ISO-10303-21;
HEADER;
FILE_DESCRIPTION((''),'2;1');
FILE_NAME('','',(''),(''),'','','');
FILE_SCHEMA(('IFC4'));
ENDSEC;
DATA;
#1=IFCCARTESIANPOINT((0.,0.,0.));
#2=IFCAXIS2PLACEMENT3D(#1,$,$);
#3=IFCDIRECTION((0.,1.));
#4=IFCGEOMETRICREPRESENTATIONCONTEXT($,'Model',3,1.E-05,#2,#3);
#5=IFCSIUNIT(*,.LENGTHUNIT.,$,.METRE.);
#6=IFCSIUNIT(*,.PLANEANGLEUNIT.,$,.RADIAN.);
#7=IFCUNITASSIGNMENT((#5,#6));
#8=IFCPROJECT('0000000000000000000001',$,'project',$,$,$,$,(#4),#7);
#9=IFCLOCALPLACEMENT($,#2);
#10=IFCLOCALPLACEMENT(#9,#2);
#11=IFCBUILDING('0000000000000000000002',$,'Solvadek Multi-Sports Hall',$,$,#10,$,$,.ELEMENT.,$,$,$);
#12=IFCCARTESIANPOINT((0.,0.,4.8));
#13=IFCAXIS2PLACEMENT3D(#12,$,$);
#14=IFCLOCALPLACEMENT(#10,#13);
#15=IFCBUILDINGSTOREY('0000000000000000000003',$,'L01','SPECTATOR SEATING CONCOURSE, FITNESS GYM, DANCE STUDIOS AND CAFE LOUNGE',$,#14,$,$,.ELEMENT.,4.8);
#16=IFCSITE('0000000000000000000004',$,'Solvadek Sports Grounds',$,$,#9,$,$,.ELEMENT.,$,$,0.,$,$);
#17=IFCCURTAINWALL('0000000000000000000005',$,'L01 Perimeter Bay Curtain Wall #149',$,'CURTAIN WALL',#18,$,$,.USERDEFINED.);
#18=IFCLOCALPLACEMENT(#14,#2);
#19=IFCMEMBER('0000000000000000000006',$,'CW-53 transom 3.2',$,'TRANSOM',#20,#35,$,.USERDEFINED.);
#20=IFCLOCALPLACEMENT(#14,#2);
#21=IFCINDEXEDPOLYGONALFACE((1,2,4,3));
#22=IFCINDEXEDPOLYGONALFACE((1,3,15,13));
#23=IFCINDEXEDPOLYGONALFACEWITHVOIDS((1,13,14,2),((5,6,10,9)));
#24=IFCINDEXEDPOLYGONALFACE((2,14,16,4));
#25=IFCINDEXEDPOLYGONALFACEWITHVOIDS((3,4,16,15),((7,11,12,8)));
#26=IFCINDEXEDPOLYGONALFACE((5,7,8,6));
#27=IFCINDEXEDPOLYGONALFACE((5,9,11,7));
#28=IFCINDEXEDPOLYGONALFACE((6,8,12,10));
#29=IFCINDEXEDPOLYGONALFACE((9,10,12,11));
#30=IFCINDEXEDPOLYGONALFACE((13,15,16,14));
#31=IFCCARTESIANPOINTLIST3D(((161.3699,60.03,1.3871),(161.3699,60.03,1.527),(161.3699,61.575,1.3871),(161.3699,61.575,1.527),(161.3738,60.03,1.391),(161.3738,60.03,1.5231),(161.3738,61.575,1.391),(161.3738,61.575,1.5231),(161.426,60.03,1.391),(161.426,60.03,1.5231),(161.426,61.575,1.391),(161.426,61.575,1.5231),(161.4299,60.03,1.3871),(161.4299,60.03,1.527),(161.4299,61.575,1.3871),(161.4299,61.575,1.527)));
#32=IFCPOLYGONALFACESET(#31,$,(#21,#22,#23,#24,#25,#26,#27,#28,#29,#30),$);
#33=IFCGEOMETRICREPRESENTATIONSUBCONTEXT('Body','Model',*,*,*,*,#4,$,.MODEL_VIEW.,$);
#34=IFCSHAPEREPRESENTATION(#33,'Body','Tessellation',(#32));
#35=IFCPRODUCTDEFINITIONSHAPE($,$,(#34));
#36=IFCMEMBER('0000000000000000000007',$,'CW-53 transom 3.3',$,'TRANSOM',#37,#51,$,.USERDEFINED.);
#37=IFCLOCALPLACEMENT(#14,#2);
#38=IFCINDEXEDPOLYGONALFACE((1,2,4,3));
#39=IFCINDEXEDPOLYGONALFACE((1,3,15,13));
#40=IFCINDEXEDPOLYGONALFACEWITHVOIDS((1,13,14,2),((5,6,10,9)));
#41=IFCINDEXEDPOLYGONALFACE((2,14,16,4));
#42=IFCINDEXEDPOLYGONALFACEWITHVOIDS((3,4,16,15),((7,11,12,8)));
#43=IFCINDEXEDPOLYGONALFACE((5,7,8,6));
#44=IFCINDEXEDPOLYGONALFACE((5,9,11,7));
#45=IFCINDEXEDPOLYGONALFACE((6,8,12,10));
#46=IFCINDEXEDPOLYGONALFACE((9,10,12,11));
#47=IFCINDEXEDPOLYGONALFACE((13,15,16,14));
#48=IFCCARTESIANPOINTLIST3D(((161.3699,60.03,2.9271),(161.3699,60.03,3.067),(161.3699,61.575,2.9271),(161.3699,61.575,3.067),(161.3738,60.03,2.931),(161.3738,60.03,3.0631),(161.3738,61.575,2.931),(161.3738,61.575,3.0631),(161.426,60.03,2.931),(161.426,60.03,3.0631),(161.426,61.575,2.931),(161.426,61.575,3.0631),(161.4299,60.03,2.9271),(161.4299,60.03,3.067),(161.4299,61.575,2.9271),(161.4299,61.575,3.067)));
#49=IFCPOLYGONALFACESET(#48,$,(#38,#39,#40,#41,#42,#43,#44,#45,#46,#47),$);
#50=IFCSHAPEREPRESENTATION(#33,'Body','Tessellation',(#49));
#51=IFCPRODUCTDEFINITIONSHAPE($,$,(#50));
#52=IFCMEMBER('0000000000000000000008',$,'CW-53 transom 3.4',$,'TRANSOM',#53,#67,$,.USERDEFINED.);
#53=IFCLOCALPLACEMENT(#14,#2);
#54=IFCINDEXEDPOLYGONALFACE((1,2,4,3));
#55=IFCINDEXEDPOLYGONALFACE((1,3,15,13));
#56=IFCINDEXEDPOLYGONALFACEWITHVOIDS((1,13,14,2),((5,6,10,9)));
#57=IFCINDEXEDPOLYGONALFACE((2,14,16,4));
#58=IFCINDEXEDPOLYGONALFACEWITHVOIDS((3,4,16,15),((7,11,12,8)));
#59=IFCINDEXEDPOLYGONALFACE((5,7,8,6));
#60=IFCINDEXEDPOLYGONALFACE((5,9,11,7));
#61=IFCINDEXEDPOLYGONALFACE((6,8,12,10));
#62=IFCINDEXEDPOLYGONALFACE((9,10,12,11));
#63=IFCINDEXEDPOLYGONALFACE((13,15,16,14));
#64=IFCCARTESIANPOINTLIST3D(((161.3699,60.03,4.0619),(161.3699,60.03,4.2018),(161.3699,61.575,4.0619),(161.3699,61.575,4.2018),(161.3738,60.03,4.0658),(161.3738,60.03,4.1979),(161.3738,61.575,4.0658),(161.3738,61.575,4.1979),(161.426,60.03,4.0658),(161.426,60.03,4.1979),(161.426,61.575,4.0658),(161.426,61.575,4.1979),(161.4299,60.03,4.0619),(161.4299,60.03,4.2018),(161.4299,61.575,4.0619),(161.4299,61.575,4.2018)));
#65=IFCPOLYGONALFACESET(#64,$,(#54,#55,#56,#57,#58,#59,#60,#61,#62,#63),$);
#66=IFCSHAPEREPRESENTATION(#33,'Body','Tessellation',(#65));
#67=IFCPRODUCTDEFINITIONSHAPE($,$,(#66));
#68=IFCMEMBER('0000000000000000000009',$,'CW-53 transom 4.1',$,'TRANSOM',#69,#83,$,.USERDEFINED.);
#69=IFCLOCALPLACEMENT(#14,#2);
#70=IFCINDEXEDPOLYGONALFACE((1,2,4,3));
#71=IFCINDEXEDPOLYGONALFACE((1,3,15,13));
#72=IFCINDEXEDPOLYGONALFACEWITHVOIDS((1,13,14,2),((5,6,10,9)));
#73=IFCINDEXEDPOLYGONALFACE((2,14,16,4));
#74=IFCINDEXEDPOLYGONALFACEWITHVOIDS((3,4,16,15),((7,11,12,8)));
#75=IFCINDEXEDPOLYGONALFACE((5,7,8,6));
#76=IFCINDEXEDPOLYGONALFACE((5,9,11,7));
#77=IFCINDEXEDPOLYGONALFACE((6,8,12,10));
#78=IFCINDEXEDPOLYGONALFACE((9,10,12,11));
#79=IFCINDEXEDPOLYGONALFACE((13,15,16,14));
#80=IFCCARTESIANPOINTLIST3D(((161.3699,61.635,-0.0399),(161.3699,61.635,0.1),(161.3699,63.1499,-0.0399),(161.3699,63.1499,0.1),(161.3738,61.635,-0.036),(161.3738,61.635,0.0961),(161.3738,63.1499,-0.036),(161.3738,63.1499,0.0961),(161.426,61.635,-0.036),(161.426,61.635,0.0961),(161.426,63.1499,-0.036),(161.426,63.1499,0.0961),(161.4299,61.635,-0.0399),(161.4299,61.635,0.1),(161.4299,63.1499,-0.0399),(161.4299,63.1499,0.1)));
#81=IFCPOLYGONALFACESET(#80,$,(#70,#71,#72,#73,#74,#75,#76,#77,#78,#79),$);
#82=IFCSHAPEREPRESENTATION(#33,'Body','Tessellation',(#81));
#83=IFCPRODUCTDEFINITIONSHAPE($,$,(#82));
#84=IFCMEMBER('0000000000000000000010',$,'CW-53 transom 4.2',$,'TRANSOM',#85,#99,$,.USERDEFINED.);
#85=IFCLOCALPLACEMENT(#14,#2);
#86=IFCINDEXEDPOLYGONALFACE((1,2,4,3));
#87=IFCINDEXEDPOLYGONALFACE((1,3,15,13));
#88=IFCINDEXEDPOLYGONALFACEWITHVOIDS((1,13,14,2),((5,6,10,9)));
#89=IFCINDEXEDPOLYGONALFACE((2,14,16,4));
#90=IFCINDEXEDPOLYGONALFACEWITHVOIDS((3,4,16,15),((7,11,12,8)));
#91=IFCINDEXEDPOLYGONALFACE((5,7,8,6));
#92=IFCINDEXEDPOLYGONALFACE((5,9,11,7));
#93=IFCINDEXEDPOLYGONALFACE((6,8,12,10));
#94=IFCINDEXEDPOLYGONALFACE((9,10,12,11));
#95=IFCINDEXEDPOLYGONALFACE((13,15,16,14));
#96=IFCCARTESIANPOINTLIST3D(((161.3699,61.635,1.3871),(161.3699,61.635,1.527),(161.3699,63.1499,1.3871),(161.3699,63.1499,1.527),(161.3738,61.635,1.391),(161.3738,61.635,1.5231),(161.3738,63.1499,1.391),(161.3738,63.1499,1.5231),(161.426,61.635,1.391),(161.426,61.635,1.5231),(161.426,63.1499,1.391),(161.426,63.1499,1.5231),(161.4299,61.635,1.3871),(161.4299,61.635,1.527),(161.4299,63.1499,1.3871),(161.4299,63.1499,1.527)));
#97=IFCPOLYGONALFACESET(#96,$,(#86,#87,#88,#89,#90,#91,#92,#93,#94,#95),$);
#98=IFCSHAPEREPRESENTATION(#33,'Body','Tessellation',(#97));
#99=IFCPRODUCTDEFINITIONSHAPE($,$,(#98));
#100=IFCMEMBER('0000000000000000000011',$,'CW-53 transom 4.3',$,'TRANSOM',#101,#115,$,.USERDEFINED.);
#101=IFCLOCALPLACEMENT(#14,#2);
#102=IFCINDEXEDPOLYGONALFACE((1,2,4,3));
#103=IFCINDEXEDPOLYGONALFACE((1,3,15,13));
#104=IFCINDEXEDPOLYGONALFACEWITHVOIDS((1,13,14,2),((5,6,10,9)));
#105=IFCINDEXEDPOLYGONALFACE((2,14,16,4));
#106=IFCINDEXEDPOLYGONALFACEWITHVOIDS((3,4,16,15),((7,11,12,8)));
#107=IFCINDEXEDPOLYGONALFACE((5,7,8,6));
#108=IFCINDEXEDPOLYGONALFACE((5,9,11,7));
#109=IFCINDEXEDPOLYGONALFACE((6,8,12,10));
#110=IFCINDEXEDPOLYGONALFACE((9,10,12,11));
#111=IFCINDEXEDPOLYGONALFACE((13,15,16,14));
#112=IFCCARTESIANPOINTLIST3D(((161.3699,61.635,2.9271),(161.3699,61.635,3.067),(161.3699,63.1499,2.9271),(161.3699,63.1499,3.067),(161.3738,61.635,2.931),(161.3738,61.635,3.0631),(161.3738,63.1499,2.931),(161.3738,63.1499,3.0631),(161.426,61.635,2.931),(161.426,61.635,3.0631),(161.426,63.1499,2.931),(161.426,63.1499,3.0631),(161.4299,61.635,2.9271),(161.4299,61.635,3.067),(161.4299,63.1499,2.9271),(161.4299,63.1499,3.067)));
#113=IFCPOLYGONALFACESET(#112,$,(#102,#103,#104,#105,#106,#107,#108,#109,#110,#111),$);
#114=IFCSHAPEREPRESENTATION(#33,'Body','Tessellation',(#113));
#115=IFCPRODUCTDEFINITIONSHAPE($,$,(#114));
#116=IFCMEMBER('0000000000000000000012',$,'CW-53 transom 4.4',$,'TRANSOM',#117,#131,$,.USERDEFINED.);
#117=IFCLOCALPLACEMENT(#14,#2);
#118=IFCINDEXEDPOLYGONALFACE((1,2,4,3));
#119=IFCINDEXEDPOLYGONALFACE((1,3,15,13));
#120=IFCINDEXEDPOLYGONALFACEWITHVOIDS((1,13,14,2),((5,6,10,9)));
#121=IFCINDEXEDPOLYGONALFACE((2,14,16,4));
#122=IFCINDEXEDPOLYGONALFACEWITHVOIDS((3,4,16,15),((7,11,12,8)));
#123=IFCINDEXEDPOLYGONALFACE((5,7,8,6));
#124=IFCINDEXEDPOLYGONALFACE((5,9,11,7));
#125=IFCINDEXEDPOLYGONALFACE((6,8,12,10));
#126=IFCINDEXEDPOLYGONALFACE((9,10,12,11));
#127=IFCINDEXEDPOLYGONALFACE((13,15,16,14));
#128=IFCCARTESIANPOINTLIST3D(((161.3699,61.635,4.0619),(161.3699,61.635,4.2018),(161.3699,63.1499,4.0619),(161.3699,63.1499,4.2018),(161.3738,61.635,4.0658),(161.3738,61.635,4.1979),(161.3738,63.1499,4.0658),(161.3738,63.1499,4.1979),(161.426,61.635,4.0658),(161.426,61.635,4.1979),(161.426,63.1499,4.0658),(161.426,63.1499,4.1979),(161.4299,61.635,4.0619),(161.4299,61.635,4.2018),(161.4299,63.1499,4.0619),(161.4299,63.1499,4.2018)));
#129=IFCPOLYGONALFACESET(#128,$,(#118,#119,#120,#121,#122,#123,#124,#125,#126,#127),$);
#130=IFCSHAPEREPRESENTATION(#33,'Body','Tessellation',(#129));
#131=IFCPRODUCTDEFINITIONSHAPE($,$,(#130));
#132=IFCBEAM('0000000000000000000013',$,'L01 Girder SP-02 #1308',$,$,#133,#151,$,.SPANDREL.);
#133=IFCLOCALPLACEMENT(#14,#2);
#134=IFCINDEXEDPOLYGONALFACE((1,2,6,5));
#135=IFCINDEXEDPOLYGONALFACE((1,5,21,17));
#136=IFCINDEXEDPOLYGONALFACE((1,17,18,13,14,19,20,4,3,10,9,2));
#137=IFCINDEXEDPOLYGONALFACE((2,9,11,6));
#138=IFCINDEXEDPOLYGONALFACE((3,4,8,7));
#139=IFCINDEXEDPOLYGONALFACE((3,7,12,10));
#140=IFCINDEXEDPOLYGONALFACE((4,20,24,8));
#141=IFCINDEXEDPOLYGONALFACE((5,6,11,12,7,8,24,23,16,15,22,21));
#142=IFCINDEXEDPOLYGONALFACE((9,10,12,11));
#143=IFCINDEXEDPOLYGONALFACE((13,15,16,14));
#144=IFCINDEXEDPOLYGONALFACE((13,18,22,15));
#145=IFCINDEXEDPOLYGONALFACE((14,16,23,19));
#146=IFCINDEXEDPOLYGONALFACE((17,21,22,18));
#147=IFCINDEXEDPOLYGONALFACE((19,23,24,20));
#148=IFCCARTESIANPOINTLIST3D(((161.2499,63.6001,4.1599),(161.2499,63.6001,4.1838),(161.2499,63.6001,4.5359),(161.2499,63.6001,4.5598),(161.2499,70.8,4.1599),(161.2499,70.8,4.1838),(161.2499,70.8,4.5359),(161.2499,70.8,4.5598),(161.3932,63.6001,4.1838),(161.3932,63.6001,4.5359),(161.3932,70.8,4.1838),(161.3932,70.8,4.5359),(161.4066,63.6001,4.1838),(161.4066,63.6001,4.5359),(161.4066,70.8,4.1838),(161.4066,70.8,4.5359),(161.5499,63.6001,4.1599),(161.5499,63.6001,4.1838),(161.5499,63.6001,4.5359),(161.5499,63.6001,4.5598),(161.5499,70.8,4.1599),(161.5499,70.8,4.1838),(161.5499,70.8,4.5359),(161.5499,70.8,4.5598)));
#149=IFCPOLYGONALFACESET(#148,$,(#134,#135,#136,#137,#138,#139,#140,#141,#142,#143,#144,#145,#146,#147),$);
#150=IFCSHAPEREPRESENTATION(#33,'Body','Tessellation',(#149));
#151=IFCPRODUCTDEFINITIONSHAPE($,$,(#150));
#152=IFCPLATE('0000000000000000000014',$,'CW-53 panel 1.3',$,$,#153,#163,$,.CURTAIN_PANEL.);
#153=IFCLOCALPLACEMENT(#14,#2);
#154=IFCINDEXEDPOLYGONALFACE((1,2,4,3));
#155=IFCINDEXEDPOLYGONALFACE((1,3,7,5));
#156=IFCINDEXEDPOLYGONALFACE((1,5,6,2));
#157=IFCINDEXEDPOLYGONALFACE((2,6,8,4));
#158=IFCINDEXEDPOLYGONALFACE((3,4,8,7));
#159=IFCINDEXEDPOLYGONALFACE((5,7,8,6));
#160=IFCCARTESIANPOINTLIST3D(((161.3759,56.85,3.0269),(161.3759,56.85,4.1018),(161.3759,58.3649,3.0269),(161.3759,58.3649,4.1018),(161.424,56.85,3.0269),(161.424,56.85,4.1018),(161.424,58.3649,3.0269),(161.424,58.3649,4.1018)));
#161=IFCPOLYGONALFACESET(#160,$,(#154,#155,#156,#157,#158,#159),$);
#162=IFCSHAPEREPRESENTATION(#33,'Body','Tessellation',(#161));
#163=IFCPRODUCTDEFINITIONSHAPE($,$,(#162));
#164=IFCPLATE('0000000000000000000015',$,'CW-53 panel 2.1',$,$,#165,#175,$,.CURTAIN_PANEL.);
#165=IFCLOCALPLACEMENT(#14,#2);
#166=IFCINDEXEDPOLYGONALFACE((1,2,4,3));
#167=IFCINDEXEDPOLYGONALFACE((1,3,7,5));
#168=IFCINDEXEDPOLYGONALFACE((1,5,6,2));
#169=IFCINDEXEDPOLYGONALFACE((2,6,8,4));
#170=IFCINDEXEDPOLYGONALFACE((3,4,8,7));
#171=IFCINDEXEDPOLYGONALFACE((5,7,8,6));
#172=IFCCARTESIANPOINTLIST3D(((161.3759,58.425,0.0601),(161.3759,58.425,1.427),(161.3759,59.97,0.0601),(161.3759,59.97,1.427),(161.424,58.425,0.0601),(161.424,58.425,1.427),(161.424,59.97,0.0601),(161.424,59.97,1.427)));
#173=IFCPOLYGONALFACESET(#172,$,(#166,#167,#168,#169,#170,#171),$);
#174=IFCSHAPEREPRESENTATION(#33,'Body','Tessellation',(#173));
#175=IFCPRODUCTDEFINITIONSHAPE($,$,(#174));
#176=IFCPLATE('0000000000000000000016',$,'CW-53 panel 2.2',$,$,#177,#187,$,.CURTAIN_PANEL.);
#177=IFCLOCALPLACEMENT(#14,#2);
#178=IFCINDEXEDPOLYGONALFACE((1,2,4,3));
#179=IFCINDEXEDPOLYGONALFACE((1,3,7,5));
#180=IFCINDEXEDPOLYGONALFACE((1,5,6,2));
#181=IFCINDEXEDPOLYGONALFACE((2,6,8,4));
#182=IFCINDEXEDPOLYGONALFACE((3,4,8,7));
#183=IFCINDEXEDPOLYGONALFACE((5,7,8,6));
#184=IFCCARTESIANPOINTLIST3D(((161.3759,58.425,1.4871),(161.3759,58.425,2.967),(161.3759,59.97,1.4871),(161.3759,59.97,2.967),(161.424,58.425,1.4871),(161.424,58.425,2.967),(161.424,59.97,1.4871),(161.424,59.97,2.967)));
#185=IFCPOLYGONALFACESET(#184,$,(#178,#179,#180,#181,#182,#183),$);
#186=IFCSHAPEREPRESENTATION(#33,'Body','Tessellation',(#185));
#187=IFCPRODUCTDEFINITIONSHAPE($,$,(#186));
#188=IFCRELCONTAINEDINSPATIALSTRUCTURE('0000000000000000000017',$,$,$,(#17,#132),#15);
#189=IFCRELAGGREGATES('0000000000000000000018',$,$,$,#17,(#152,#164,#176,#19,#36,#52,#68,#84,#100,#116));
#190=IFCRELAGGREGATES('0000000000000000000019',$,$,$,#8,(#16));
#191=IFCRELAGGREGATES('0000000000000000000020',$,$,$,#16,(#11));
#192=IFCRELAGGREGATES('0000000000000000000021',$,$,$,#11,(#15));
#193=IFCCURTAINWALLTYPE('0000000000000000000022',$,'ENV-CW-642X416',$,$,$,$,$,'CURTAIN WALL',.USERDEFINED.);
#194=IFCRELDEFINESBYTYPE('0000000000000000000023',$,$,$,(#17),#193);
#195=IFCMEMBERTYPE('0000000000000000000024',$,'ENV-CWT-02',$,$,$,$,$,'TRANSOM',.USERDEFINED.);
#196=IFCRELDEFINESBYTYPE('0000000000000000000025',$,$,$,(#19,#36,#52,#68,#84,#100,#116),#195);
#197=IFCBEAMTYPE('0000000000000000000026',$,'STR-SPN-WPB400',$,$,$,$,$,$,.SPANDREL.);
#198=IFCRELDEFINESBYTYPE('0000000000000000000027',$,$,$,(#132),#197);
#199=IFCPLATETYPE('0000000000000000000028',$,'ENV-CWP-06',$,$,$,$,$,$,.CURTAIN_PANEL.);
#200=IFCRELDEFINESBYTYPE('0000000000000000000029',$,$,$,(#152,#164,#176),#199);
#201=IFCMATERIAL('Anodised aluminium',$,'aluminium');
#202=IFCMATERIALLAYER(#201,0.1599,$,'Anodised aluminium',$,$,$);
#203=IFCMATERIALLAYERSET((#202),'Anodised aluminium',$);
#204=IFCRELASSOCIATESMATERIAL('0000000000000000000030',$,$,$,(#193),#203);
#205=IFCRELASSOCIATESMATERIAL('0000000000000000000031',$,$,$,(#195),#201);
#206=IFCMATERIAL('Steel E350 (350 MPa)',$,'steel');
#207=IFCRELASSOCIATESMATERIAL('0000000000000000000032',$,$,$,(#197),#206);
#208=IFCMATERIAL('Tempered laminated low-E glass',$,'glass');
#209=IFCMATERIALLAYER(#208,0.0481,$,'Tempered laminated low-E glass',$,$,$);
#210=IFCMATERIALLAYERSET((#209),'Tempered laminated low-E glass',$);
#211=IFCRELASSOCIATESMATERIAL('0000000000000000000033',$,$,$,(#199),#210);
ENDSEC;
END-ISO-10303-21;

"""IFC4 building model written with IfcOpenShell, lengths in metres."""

from ifc_helpers import new_model, si_unit, direction, frame, origin, origin_2d, place, context, subcontext, project, spatial, rectangle, hollow_rectangle, i_section, extrude, material, layer, layer_set, material_profile, profile_set, type_object, element, aggregate, save


model = new_model("IFC4")

# Units and contexts
model_context = context("Model", 3, precision=1e-05, world=origin(), true_north=direction((0.0, 1.0)))
body_context = subcontext(model_context, "Body", "Model", "MODEL_VIEW")
ifc_project = project(units=[si_unit("LENGTHUNIT", "METRE"), si_unit("PLANEANGLEUNIT", "RADIAN")], contexts=[model_context])

# Site, building, storey
site_placement = place(None, origin())
site = spatial("IfcSite", under=ifc_project, at=site_placement, Name="Solvadek Sports Grounds", CompositionType="ELEMENT", RefElevation=0.0)
building_placement = place(site_placement, origin())
building = spatial("IfcBuilding", under=site, at=building_placement, Name="Solvadek Multi-Sports Hall", CompositionType="ELEMENT")
storey_placement = place(building_placement, frame((0.0, 0.0, 4.8)))
storey = spatial("IfcBuildingStorey", under=building, at=storey_placement, Name="L01", Description="SPECTATOR SEATING CONCOURSE, FITNESS GYM, DANCE STUDIOS AND CAFE LOUNGE", CompositionType="ELEMENT", Elevation=4.8)

# Shared definitions
ifc_material_1 = material(Name="Steel E350 (350 MPa)", Category="steel")

# Curtain wall, members
ifc_material_2 = material(Name="Anodised aluminium", Category="aluminium")
ifc_layer_1 = layer(ifc_material_2, 0.1599, Name="Anodised aluminium")
ifc_layer_set_1 = layer_set([ifc_layer_1], Name="Anodised aluminium")
curtain_wall_type = type_object("IfcCurtainWallType", Name="ENV-CW-642X416", ElementType="CURTAIN WALL", PredefinedType="USERDEFINED", material=ifc_layer_set_1)
curtain_wall_placement = place(storey_placement, origin())
curtain_wall = element("IfcCurtainWall", 1, at=curtain_wall_placement, inside=storey, type_object=curtain_wall_type, Name="L01 Perimeter Bay Curtain Wall #149", ObjectType="CURTAIN WALL", PredefinedType="USERDEFINED")
ifc_material_profile_1 = material_profile(ifc_material_2, hollow_rectangle(XDim=0.0601, YDim=0.1399, WallThickness=0.0039, at=origin_2d()), Name="ALU-T 140x60x4")
ifc_profile_set_1 = profile_set([ifc_material_profile_1], Name="Anodised aluminium")
member_type_1 = type_object("IfcMemberType", Name="ENV-CWT-02", ElementType="TRANSOM", PredefinedType="USERDEFINED", material=ifc_profile_set_1)
member_1_placement = place(storey_placement, frame((161.3999, 60.03, 1.457), z_axis=(0.0, 1.0, 0.0), x_axis=(-1.0, 0.0, 0.0)))
member_1 = element("IfcMember", 2, at=member_1_placement, type_object=member_type_1, Name="CW-53 transom 3.2", ObjectType="TRANSOM", PredefinedType="USERDEFINED", context=body_context, shape_type="SweptSolid", body=[
    extrude(hollow_rectangle(XDim=0.0601, YDim=0.1399, WallThickness=0.0039, at=origin_2d()), origin(), (0.0, 0.0, 1.0), 1.5449),
])
member_2_placement = place(storey_placement, frame((161.3999, 60.03, 2.9971), z_axis=(0.0, 1.0, 0.0), x_axis=(-1.0, 0.0, 0.0)))
member_2 = element("IfcMember", 3, at=member_2_placement, type_object=member_type_1, Name="CW-53 transom 3.3", ObjectType="TRANSOM", PredefinedType="USERDEFINED", context=body_context, shape_type="SweptSolid", body=[
    extrude(hollow_rectangle(XDim=0.0601, YDim=0.1399, WallThickness=0.0039, at=origin_2d()), origin(), (0.0, 0.0, 1.0), 1.5449),
])
member_3_placement = place(storey_placement, frame((161.3999, 60.03, 4.1318), z_axis=(0.0, 1.0, 0.0), x_axis=(-1.0, 0.0, 0.0)))
member_3 = element("IfcMember", 4, at=member_3_placement, type_object=member_type_1, Name="CW-53 transom 3.4", ObjectType="TRANSOM", PredefinedType="USERDEFINED", context=body_context, shape_type="SweptSolid", body=[
    extrude(hollow_rectangle(XDim=0.0601, YDim=0.1399, WallThickness=0.0039, at=origin_2d()), origin(), (0.0, 0.0, 1.0), 1.5449),
])
member_4_placement = place(storey_placement, frame((161.3999, 61.635, 0.03), z_axis=(0.0, 1.0, 0.0), x_axis=(-1.0, 0.0, 0.0)))
member_4 = element("IfcMember", 5, at=member_4_placement, type_object=member_type_1, Name="CW-53 transom 4.1", ObjectType="TRANSOM", PredefinedType="USERDEFINED", context=body_context, shape_type="SweptSolid", body=[
    extrude(hollow_rectangle(XDim=0.0601, YDim=0.1399, WallThickness=0.0039, at=origin_2d()), origin(), (0.0, 0.0, 1.0), 1.5149),
])
member_5_placement = place(storey_placement, frame((161.3999, 61.635, 1.457), z_axis=(0.0, 1.0, 0.0), x_axis=(-1.0, 0.0, 0.0)))
member_5 = element("IfcMember", 6, at=member_5_placement, type_object=member_type_1, Name="CW-53 transom 4.2", ObjectType="TRANSOM", PredefinedType="USERDEFINED", context=body_context, shape_type="SweptSolid", body=[
    extrude(hollow_rectangle(XDim=0.0601, YDim=0.1399, WallThickness=0.0039, at=origin_2d()), origin(), (0.0, 0.0, 1.0), 1.5149),
])
member_6_placement = place(storey_placement, frame((161.3999, 61.635, 2.9971), z_axis=(0.0, 1.0, 0.0), x_axis=(-1.0, 0.0, 0.0)))
member_6 = element("IfcMember", 7, at=member_6_placement, type_object=member_type_1, Name="CW-53 transom 4.3", ObjectType="TRANSOM", PredefinedType="USERDEFINED", context=body_context, shape_type="SweptSolid", body=[
    extrude(hollow_rectangle(XDim=0.0601, YDim=0.1399, WallThickness=0.0039, at=origin_2d()), origin(), (0.0, 0.0, 1.0), 1.5149),
])
member_7_placement = place(storey_placement, frame((161.3999, 61.635, 4.1318), z_axis=(0.0, 1.0, 0.0), x_axis=(-1.0, 0.0, 0.0)))
member_7 = element("IfcMember", 8, at=member_7_placement, type_object=member_type_1, Name="CW-53 transom 4.4", ObjectType="TRANSOM", PredefinedType="USERDEFINED", context=body_context, shape_type="SweptSolid", body=[
    extrude(hollow_rectangle(XDim=0.0601, YDim=0.1399, WallThickness=0.0039, at=origin_2d()), origin(), (0.0, 0.0, 1.0), 1.5149),
])

# Beam
ifc_material_profile_2 = material_profile(ifc_material_1, i_section(OverallWidth=0.3, OverallDepth=0.3999, WebThickness=0.0134, FlangeThickness=0.0239, at=origin_2d()), Name="WPB 400")
ifc_profile_set_2 = profile_set([ifc_material_profile_2], Name="Steel E350 (350 MPa)")
beam_type = type_object("IfcBeamType", Name="STR-SPN-WPB400", PredefinedType="SPANDREL", material=ifc_profile_set_2)
beam_placement = place(storey_placement, frame((161.3999, 63.6001, 4.3599), z_axis=(0.0, 1.0, 0.0), x_axis=(-1.0, 0.0, 0.0)))
element("IfcBeam", 9, at=beam_placement, inside=storey, type_object=beam_type, Name="L01 Girder SP-02 #1308", PredefinedType="SPANDREL", context=body_context, shape_type="SweptSolid", body=[
    extrude(i_section(OverallWidth=0.3, OverallDepth=0.3999, WebThickness=0.0134, FlangeThickness=0.0239, at=origin_2d()), origin(), (0.0, 0.0, 1.0), 7.2),
])

# Plates
ifc_material_3 = material(Name="Tempered laminated low-E glass", Category="glass")
ifc_layer_2 = layer(ifc_material_3, 0.0481, Name="Tempered laminated low-E glass")
ifc_layer_set_2 = layer_set([ifc_layer_2], Name="Tempered laminated low-E glass")
plate_type = type_object("IfcPlateType", Name="ENV-CWP-06", PredefinedType="CURTAIN_PANEL", material=ifc_layer_set_2)
plate_1_placement = place(storey_placement, frame((161.3999, 57.6074, 3.0269), z_axis=(0.0, 0.0, 1.0), x_axis=(0.0, 1.0, 0.0)))
plate_1 = element("IfcPlate", 10, at=plate_1_placement, type_object=plate_type, Name="CW-53 panel 1.3", PredefinedType="CURTAIN_PANEL", context=body_context, shape_type="SweptSolid", body=[
    extrude(rectangle(XDim=1.5149, YDim=0.0481, at=origin_2d()), origin(), (0.0, 0.0, 1.0), 1.075),
])
plate_2_placement = place(storey_placement, frame((161.3999, 59.1975, 0.0601), z_axis=(0.0, 0.0, 1.0), x_axis=(0.0, 1.0, 0.0)))
plate_2 = element("IfcPlate", 11, at=plate_2_placement, type_object=plate_type, Name="CW-53 panel 2.1", PredefinedType="CURTAIN_PANEL", context=body_context, shape_type="SweptSolid", body=[
    extrude(rectangle(XDim=1.5449, YDim=0.0481, at=origin_2d()), origin(), (0.0, 0.0, 1.0), 1.3669),
])
plate_3_placement = place(storey_placement, frame((161.3999, 59.1975, 1.4871), z_axis=(0.0, 0.0, 1.0), x_axis=(0.0, 1.0, 0.0)))
plate_3 = element("IfcPlate", 12, at=plate_3_placement, type_object=plate_type, Name="CW-53 panel 2.2", PredefinedType="CURTAIN_PANEL", context=body_context, shape_type="SweptSolid", body=[
    extrude(rectangle(XDim=1.5449, YDim=0.0481, at=origin_2d()), origin(), (0.0, 0.0, 1.0), 1.48),
])
aggregate(curtain_wall, [plate_1, plate_2, plate_3, member_1, member_2, member_3, member_4, member_5, member_6, member_7])

save(model, "model.ifc")
